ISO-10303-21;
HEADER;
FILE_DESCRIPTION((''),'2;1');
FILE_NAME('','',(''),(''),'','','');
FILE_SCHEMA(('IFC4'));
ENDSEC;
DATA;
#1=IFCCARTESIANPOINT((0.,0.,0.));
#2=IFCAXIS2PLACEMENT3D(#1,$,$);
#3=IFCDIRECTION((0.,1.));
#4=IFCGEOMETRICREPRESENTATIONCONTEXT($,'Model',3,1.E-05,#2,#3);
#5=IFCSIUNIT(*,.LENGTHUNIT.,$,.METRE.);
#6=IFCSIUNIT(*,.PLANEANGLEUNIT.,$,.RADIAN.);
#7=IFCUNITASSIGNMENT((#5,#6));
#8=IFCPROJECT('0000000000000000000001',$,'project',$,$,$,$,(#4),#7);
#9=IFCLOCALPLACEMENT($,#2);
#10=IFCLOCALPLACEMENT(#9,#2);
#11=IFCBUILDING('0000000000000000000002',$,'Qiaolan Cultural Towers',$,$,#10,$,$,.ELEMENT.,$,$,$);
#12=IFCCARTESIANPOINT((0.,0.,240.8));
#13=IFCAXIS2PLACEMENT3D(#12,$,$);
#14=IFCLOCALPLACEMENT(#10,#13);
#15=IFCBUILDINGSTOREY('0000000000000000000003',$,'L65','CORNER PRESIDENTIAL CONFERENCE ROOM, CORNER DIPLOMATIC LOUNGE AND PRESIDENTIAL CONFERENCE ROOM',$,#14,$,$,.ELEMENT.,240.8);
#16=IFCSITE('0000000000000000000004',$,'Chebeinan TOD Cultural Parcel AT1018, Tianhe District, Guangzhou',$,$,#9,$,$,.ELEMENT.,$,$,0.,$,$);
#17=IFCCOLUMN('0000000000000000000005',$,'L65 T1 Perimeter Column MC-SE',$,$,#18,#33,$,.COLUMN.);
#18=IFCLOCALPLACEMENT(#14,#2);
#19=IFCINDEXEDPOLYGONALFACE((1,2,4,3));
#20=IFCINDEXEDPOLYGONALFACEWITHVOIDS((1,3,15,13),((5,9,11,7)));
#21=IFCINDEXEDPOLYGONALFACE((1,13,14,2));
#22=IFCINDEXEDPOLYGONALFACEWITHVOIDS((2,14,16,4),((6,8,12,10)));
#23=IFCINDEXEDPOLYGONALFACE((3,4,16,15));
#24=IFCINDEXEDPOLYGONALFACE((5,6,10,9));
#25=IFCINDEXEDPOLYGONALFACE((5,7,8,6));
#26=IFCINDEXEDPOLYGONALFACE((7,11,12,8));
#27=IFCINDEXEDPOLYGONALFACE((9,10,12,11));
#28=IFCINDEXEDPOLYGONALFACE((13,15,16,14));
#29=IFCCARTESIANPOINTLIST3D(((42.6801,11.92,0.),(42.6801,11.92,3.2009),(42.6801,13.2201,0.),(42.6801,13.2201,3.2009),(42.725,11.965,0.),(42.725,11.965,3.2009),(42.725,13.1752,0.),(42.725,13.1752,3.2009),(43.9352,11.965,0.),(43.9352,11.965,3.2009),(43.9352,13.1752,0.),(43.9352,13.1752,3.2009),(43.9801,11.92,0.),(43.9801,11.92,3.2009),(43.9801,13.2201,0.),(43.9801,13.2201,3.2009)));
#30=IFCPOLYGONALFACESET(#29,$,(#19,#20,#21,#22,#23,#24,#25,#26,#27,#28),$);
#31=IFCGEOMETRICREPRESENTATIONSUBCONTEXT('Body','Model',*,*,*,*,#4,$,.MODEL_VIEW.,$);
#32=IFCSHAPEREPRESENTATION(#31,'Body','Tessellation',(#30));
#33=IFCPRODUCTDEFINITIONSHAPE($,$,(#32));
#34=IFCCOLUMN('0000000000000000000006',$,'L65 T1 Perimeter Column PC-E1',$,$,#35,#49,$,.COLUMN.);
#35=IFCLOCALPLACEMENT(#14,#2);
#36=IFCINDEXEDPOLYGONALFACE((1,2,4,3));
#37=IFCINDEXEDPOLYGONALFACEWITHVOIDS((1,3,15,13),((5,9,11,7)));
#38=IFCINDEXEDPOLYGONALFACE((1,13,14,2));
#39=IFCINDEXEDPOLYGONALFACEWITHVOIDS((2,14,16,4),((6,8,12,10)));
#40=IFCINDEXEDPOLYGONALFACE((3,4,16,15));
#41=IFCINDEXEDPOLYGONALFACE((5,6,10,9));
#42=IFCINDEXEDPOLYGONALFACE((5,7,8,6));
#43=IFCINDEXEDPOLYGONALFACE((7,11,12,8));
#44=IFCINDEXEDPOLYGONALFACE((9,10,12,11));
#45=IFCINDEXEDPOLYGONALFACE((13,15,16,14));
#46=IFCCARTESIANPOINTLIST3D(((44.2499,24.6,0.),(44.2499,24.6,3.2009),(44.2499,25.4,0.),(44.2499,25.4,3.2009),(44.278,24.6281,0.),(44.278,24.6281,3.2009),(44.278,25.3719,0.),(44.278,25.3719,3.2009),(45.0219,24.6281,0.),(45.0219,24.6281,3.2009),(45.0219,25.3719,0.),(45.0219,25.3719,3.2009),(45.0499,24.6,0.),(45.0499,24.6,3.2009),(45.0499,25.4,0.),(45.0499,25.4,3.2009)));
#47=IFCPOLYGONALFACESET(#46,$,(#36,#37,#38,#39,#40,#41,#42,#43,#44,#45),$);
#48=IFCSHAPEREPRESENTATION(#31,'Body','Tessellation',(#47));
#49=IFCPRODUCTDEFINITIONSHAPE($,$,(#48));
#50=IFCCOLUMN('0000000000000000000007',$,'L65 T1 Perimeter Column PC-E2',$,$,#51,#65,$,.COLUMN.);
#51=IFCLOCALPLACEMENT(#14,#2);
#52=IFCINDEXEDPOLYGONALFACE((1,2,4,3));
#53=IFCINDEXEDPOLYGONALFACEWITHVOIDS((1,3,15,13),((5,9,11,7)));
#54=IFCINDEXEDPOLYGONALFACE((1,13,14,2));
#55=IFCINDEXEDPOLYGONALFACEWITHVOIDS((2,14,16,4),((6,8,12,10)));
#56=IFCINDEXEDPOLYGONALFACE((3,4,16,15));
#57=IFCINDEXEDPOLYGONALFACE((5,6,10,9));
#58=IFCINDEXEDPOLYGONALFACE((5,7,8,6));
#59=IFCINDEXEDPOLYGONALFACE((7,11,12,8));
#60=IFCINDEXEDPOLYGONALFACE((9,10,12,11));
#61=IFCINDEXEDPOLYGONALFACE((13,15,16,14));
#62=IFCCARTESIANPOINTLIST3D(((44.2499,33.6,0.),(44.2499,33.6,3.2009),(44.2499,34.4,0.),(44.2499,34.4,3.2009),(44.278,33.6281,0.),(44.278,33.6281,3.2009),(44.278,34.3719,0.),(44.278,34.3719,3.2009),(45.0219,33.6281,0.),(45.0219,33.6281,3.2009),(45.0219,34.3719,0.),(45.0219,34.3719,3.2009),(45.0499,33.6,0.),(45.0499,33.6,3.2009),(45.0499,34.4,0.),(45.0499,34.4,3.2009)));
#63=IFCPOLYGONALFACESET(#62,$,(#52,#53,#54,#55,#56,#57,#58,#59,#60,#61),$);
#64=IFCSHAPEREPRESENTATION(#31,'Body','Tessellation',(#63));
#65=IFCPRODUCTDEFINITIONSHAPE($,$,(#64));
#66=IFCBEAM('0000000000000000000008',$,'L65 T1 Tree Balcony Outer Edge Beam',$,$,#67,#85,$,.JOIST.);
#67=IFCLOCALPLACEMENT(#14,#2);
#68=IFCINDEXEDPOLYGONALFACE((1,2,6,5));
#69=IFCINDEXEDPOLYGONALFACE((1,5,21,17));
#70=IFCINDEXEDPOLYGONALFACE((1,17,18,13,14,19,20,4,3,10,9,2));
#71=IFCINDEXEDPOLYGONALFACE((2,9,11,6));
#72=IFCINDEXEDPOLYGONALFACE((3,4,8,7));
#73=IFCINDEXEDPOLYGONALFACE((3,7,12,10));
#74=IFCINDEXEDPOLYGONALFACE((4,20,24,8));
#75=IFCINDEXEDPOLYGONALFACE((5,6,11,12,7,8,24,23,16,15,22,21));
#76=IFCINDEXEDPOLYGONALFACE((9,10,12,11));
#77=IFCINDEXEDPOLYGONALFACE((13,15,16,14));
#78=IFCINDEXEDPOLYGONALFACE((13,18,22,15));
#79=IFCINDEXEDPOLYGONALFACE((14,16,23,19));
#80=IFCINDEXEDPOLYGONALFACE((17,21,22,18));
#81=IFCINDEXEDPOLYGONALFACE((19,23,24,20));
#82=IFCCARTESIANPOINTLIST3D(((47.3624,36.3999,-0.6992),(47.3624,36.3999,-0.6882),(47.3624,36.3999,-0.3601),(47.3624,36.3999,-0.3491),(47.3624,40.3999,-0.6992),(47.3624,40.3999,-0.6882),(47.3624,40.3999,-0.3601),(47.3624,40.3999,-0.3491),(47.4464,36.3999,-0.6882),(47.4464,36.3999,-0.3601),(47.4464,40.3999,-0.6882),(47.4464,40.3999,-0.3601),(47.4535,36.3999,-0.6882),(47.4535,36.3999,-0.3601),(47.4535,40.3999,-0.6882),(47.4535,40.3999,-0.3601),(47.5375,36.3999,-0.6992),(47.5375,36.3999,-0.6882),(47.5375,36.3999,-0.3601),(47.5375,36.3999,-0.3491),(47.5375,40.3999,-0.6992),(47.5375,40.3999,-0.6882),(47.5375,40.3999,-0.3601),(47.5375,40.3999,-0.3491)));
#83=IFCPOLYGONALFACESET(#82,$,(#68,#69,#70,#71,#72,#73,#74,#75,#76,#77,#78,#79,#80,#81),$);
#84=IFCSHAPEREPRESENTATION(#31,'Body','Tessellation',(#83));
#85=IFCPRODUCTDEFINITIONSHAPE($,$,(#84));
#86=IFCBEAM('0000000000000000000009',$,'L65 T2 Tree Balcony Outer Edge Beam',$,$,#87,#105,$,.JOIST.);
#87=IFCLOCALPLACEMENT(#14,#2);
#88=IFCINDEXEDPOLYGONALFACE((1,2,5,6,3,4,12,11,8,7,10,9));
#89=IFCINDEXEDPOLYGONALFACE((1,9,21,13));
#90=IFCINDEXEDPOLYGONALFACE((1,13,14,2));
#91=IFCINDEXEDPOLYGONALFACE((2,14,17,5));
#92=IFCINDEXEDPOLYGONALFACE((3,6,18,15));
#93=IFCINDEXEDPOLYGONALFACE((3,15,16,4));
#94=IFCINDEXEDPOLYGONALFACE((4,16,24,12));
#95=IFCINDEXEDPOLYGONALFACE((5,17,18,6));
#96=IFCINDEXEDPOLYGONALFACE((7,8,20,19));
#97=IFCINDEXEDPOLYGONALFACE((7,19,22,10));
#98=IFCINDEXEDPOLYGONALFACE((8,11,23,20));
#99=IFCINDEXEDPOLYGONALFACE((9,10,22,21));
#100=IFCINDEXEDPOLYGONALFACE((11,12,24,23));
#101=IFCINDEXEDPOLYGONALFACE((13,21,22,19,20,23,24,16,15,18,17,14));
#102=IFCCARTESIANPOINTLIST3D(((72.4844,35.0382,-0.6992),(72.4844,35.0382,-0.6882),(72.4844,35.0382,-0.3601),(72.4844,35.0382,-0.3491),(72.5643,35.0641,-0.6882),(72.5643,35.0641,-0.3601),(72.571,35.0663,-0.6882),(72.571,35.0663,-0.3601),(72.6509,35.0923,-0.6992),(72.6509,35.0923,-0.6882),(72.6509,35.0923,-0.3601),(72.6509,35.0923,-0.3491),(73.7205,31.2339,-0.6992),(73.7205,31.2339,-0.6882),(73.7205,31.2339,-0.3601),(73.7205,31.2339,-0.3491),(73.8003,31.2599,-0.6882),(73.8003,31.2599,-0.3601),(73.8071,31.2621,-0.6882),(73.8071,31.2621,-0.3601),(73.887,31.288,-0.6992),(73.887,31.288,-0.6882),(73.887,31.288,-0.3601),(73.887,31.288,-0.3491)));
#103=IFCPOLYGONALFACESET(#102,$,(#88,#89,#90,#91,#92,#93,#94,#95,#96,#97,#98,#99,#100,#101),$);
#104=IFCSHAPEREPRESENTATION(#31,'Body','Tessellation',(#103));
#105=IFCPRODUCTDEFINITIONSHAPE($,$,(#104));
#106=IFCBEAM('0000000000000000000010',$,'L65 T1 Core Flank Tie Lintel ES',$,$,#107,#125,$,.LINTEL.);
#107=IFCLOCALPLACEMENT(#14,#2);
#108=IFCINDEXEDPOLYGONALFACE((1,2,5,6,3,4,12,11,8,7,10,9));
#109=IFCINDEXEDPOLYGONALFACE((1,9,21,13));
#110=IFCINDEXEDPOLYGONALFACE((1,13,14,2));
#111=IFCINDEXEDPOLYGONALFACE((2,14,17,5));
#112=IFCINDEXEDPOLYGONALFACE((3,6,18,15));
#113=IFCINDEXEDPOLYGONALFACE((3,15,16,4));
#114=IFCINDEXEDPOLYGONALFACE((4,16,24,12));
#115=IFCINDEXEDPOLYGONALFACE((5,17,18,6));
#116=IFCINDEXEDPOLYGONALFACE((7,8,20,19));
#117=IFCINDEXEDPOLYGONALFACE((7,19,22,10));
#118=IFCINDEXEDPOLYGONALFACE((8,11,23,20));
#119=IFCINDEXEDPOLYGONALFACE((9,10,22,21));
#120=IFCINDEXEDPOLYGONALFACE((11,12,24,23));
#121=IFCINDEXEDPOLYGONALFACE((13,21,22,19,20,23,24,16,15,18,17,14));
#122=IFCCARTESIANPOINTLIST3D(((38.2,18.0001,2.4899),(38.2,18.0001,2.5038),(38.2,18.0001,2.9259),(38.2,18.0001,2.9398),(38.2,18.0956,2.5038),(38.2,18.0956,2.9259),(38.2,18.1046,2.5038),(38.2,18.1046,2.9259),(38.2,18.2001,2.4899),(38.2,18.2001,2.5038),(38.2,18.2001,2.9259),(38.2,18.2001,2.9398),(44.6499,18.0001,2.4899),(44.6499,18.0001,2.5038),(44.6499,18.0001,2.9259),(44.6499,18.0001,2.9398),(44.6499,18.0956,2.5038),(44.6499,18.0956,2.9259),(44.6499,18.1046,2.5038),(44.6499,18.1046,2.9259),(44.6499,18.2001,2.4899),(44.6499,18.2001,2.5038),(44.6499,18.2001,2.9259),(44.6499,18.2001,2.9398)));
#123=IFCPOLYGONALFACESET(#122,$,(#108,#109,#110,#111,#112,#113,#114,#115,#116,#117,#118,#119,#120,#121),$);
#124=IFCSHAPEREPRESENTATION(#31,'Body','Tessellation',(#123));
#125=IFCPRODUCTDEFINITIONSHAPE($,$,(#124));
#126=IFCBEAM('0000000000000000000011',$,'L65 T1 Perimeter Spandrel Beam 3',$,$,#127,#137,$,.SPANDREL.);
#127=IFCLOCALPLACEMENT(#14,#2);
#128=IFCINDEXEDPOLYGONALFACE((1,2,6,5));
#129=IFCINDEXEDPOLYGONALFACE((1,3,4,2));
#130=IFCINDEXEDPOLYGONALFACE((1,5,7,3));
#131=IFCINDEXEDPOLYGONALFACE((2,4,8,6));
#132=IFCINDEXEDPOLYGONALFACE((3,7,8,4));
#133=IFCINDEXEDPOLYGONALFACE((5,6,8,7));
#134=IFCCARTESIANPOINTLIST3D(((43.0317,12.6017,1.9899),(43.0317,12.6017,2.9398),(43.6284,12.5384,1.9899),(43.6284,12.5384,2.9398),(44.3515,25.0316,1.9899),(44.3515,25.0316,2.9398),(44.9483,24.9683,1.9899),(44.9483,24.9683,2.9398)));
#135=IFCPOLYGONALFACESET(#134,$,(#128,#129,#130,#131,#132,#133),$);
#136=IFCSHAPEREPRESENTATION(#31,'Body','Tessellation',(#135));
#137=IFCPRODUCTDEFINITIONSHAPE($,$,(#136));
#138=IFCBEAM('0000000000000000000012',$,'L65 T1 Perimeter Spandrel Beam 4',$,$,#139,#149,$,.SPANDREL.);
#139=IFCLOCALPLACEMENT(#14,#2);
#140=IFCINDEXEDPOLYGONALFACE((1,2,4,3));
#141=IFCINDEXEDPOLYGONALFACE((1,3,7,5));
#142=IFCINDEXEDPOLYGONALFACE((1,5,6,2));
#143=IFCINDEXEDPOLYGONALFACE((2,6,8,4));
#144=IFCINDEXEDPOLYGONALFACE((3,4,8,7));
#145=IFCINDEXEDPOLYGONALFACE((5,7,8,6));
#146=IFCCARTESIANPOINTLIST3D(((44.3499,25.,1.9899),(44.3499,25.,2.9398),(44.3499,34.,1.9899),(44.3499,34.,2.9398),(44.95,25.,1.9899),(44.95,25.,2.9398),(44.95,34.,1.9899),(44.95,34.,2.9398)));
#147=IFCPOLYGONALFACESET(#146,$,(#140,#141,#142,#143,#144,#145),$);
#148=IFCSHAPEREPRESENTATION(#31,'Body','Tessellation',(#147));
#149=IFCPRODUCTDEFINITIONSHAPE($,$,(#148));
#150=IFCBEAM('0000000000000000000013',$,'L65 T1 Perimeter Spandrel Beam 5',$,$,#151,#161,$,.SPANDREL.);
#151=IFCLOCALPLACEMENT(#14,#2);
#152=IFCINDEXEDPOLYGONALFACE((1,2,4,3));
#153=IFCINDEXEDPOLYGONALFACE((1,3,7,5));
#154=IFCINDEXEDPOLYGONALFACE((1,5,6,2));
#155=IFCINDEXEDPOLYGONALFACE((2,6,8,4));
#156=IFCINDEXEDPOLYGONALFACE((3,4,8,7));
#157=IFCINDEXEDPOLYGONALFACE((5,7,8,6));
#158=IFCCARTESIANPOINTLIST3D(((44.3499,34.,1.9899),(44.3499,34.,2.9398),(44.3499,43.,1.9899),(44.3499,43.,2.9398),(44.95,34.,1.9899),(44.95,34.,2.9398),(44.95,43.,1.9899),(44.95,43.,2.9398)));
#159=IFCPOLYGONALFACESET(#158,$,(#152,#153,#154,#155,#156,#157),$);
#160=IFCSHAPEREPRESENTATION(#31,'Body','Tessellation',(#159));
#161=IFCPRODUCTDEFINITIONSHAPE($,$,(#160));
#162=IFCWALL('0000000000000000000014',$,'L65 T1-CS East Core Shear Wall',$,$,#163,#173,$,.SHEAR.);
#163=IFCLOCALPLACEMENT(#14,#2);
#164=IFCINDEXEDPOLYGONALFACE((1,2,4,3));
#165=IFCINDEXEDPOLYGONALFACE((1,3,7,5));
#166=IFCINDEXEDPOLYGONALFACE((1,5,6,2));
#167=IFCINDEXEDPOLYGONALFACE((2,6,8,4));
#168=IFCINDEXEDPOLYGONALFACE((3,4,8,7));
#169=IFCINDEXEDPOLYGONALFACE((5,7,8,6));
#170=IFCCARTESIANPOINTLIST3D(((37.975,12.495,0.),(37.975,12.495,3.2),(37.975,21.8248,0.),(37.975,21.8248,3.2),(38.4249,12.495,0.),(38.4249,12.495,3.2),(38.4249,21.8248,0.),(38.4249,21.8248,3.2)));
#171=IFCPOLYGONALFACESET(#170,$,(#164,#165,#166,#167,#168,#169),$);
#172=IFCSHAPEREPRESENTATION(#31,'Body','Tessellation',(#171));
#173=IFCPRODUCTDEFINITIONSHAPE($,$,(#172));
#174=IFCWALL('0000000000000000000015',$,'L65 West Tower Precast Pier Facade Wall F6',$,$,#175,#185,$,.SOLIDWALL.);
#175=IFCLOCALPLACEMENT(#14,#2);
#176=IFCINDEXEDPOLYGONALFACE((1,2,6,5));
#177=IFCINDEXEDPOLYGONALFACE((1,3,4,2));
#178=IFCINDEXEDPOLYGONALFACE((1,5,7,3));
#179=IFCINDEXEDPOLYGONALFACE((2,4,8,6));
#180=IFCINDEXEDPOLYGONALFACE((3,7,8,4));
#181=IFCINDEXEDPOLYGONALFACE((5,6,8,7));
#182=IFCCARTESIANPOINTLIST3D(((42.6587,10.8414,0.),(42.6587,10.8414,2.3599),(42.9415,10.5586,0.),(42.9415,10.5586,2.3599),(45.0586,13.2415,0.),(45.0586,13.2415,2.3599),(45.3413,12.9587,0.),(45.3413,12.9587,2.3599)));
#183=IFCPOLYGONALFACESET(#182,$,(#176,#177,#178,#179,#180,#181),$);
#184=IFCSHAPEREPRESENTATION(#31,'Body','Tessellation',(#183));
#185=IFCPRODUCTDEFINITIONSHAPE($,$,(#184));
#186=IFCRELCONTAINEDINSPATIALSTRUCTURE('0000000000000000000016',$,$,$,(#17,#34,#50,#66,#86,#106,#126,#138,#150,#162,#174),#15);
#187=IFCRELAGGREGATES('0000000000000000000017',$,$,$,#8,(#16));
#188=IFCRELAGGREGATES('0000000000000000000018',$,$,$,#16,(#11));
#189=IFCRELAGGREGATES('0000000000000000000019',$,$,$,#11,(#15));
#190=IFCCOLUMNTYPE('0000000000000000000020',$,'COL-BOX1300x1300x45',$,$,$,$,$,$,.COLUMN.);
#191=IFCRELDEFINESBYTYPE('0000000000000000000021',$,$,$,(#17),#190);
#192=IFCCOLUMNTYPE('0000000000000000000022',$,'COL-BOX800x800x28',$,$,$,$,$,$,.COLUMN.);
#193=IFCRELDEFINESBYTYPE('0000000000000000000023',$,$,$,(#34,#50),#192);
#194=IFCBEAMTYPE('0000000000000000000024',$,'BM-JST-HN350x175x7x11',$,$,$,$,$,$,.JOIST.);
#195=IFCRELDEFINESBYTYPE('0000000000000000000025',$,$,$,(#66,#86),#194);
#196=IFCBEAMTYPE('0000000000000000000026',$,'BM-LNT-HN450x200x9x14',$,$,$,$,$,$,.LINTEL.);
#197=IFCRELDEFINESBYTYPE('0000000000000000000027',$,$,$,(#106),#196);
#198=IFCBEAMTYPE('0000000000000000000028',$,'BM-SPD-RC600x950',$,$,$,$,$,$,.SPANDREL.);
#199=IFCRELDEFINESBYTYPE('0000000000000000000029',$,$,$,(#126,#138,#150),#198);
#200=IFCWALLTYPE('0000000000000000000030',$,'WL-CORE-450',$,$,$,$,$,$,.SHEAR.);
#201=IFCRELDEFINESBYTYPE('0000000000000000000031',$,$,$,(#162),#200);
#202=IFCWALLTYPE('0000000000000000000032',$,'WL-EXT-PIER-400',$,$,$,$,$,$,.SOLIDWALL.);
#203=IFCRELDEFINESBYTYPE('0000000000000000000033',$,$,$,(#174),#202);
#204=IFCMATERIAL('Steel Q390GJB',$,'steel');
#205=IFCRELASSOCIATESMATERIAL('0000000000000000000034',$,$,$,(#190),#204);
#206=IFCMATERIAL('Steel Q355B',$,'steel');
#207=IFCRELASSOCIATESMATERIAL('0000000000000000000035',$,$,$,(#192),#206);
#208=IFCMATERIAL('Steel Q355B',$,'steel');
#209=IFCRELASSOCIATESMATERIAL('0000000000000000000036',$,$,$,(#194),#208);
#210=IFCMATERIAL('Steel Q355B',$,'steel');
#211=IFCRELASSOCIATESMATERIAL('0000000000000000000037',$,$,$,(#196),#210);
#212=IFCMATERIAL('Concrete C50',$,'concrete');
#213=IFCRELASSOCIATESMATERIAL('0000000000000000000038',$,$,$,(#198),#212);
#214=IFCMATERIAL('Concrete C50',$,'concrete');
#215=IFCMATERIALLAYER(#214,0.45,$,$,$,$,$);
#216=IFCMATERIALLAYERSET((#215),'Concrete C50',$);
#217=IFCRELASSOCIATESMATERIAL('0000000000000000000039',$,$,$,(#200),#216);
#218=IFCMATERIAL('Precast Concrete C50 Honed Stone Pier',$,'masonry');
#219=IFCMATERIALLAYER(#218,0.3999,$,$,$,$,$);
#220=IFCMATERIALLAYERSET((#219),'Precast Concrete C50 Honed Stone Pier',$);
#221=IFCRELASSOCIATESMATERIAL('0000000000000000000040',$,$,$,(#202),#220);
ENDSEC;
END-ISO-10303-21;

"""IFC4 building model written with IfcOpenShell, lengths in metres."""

from ifc_helpers import new_model, si_unit, direction, frame, frame_2d, origin, origin_2d, place, context, subcontext, project, spatial, rectangle, hollow_rectangle, i_section, extrude, material, layer, layer_set, material_profile, profile_set, type_object, element, save


model = new_model("IFC4")

# Units and contexts
model_context = context("Model", 3, precision=1e-05, world=origin(), true_north=direction((0.0, 1.0)))
body_context = subcontext(model_context, "Body", "Model", "MODEL_VIEW")
ifc_project = project(units=[si_unit("LENGTHUNIT", "METRE"), si_unit("PLANEANGLEUNIT", "RADIAN")], contexts=[model_context])

# Site, building, storey
site_placement = place(None, origin())
site = spatial("IfcSite", under=ifc_project, at=site_placement, Name="Chebeinan TOD Cultural Parcel AT1018, Tianhe District, Guangzhou", CompositionType="ELEMENT", RefElevation=0.0)
building_placement = place(site_placement, origin())
building = spatial("IfcBuilding", under=site, at=building_placement, Name="Qiaolan Cultural Towers", CompositionType="ELEMENT")
storey_placement = place(building_placement, frame((0.0, 0.0, 240.8)))
storey = spatial("IfcBuildingStorey", under=building, at=storey_placement, Name="L65", Description="CORNER PRESIDENTIAL CONFERENCE ROOM, CORNER DIPLOMATIC LOUNGE AND PRESIDENTIAL CONFERENCE ROOM", CompositionType="ELEMENT", Elevation=240.8)

# Columns
ifc_material_1 = material(Name="Steel Q390GJB", Category="steel")
ifc_material_profile_1 = material_profile(ifc_material_1, hollow_rectangle(XDim=1.3, YDim=1.3, WallThickness=0.0449, at=origin_2d()), Name="BOX1300x1300x45")
ifc_profile_set_1 = profile_set([ifc_material_profile_1], Name="Steel Q390GJB")
column_type_1 = type_object("IfcColumnType", Name="COL-BOX1300x1300x45", PredefinedType="COLUMN", material=ifc_profile_set_1)
column_placement = place(storey_placement, frame((43.3301, 12.5701, 0.0), z_axis=(0.0, 0.0, 1.0), x_axis=(1.0, 0.0, 0.0)))
element("IfcColumn", 1, at=column_placement, inside=storey, type_object=column_type_1, Name="L65 T1 Perimeter Column MC-SE", PredefinedType="COLUMN", context=body_context, shape_type="SweptSolid", body=[
    extrude(hollow_rectangle(XDim=1.3, YDim=1.3, WallThickness=0.0449, at=origin_2d()), origin(), (0.0, 0.0, 1.0), 3.2009),
])
ifc_material_2 = material(Name="Steel Q355B", Category="steel")
ifc_material_profile_2 = material_profile(ifc_material_2, hollow_rectangle(XDim=0.8, YDim=0.8, WallThickness=0.0281, at=origin_2d()), Name="BOX800x800x28")
ifc_profile_set_2 = profile_set([ifc_material_profile_2], Name="Steel Q355B")
column_type_2 = type_object("IfcColumnType", Name="COL-BOX800x800x28", PredefinedType="COLUMN", material=ifc_profile_set_2)
for number, where, z_axis, x_axis, name in (
    (2, (44.6499, 25.0, 0.0), (0.0, 0.0, 1.0), (1.0, 0.0, 0.0), "L65 T1 Perimeter Column PC-E1"),
    (3, (44.6499, 34.0, 0.0), (0.0, 0.0, 1.0), (1.0, 0.0, 0.0), "L65 T1 Perimeter Column PC-E2"),
):
    element("IfcColumn", number, at=place(storey_placement, frame(where, z_axis=z_axis, x_axis=x_axis)), inside=storey, type_object=column_type_2, Name=name, PredefinedType="COLUMN", context=body_context, shape_type="SweptSolid", body=[
        extrude(hollow_rectangle(XDim=0.8, YDim=0.8, WallThickness=0.0281, at=origin_2d()), origin(), (0.0, 0.0, 1.0), 3.2009),
    ])

# Beams
ifc_material_3 = material(Name="Steel Q355B", Category="steel")
ifc_material_profile_3 = material_profile(ifc_material_3, i_section(OverallWidth=0.175, OverallDepth=0.3501, WebThickness=0.0071, FlangeThickness=0.011, at=origin_2d()), Name="HN350x175x7x11")
ifc_profile_set_3 = profile_set([ifc_material_profile_3], Name="Steel Q355B")
beam_type_1 = type_object("IfcBeamType", Name="BM-JST-HN350x175x7x11", PredefinedType="JOIST", material=ifc_profile_set_3)
for number, where, z_axis, x_axis, name in (
    (4, (47.45, 36.3999, -0.5242), (0.0, 1.0, 0.0), (-1.0, 0.0, 0.0), "L65 T1 Tree Balcony Outer Edge Beam"),
    (5, (73.8037, 31.261, -0.5242), (-0.309023, 0.951055, 0.0), (-0.951055, -0.309023, 0.0), "L65 T2 Tree Balcony Outer Edge Beam"),
):
    element("IfcBeam", number, at=place(storey_placement, frame(where, z_axis=z_axis, x_axis=x_axis)), inside=storey, type_object=beam_type_1, Name=name, PredefinedType="JOIST", context=body_context, shape_type="SweptSolid", body=[
        extrude(i_section(OverallWidth=0.175, OverallDepth=0.3501, WebThickness=0.0071, FlangeThickness=0.011, at=origin_2d()), origin(), (0.0, 0.0, 1.0), 4.0),
    ])
ifc_material_4 = material(Name="Steel Q355B", Category="steel")
ifc_material_profile_4 = material_profile(ifc_material_4, i_section(OverallWidth=0.2, OverallDepth=0.45, WebThickness=0.009, FlangeThickness=0.0139, at=origin_2d()), Name="HN450x200x9x14")
ifc_profile_set_4 = profile_set([ifc_material_profile_4], Name="Steel Q355B")
beam_type_2 = type_object("IfcBeamType", Name="BM-LNT-HN450x200x9x14", PredefinedType="LINTEL", material=ifc_profile_set_4)
beam_1_placement = place(storey_placement, frame((38.2, 18.1001, 2.7148), z_axis=(1.0, 0.0, 0.0), x_axis=(0.0, 1.0, 0.0)))
element("IfcBeam", 6, at=beam_1_placement, inside=storey, type_object=beam_type_2, Name="L65 T1 Core Flank Tie Lintel ES", PredefinedType="LINTEL", context=body_context, shape_type="SweptSolid", body=[
    extrude(i_section(OverallWidth=0.2, OverallDepth=0.45, WebThickness=0.009, FlangeThickness=0.0139, at=origin_2d()), origin(), (0.0, 0.0, 1.0), 6.45),
])
ifc_material_5 = material(Name="Concrete C50", Category="concrete")
ifc_material_profile_5 = material_profile(ifc_material_5, rectangle(XDim=0.6001, YDim=0.95, at=origin_2d()), Name="RC600x950")
ifc_profile_set_5 = profile_set([ifc_material_profile_5], Name="Concrete C50")
beam_type_3 = type_object("IfcBeamType", Name="BM-SPD-RC600x950", PredefinedType="SPANDREL", material=ifc_profile_set_5)
beam_2_placement = place(storey_placement, frame((43.3301, 12.5701, 2.4648), z_axis=(0.105588, 0.99441, 0.0), x_axis=(-0.99441, 0.105588, 0.0)))
element("IfcBeam", 7, at=beam_2_placement, inside=storey, type_object=beam_type_3, Name="L65 T1 Perimeter Spandrel Beam 3", PredefinedType="SPANDREL", context=body_context, shape_type="SweptSolid", body=[
    extrude(rectangle(XDim=0.6001, YDim=0.95, at=origin_2d()), origin(), (0.0, 0.0, 1.0), 12.4998),
])
for number, where, z_axis, x_axis, name in (
    (8, (44.6499, 25.0, 2.4648), (0.0, 1.0, 0.0), (-1.0, 0.0, 0.0), "L65 T1 Perimeter Spandrel Beam 4"),
    (9, (44.6499, 34.0, 2.4648), (0.0, 1.0, 0.0), (-1.0, 0.0, 0.0), "L65 T1 Perimeter Spandrel Beam 5"),
):
    element("IfcBeam", number, at=place(storey_placement, frame(where, z_axis=z_axis, x_axis=x_axis)), inside=storey, type_object=beam_type_3, Name=name, PredefinedType="SPANDREL", context=body_context, shape_type="SweptSolid", body=[
        extrude(rectangle(XDim=0.6001, YDim=0.95, at=origin_2d()), origin(), (0.0, 0.0, 1.0), 9.0),
    ])

# Walls
ifc_material_6 = material(Name="Concrete C50", Category="concrete")
ifc_layer_1 = layer(ifc_material_6, 0.45)
ifc_layer_set_1 = layer_set([ifc_layer_1], Name="Concrete C50")
wall_type_1 = type_object("IfcWallType", Name="WL-CORE-450", PredefinedType="SHEAR", material=ifc_layer_set_1)
wall_1_placement = place(storey_placement, frame((38.2, 21.825, 0.0), z_axis=(0.0, 0.0, 1.0), x_axis=(0.0, -1.0, 0.0)))
element("IfcWall", 10, at=wall_1_placement, inside=storey, type_object=wall_type_1, Name="L65 T1-CS East Core Shear Wall", PredefinedType="SHEAR", context=body_context, shape_type="SweptSolid", body=[
    extrude(rectangle(XDim=9.3298, YDim=0.45, at=frame_2d((4.665, 0.0))), origin(), (0.0, 0.0, 1.0), 3.2),
])
ifc_material_7 = material(Name="Precast Concrete C50 Honed Stone Pier", Category="masonry")
ifc_layer_2 = layer(ifc_material_7, 0.3999)
ifc_layer_set_2 = layer_set([ifc_layer_2], Name="Precast Concrete C50 Honed Stone Pier")
wall_type_2 = type_object("IfcWallType", Name="WL-EXT-PIER-400", PredefinedType="SOLIDWALL", material=ifc_layer_set_2)
wall_2_placement = place(storey_placement, frame((45.2, 13.1001, 0.0), z_axis=(0.0, 0.0, 1.0), x_axis=(-0.707071, -0.707143, 0.0)))
element("IfcWall", 11, at=wall_2_placement, inside=storey, type_object=wall_type_2, Name="L65 West Tower Precast Pier Facade Wall F6", PredefinedType="SOLIDWALL", context=body_context, shape_type="SweptSolid", body=[
    extrude(rectangle(XDim=3.394, YDim=0.3999, at=frame_2d((1.697, 0.0))), origin(), (0.0, 0.0, 1.0), 2.3599),
])

save(model, "model.ifc")
